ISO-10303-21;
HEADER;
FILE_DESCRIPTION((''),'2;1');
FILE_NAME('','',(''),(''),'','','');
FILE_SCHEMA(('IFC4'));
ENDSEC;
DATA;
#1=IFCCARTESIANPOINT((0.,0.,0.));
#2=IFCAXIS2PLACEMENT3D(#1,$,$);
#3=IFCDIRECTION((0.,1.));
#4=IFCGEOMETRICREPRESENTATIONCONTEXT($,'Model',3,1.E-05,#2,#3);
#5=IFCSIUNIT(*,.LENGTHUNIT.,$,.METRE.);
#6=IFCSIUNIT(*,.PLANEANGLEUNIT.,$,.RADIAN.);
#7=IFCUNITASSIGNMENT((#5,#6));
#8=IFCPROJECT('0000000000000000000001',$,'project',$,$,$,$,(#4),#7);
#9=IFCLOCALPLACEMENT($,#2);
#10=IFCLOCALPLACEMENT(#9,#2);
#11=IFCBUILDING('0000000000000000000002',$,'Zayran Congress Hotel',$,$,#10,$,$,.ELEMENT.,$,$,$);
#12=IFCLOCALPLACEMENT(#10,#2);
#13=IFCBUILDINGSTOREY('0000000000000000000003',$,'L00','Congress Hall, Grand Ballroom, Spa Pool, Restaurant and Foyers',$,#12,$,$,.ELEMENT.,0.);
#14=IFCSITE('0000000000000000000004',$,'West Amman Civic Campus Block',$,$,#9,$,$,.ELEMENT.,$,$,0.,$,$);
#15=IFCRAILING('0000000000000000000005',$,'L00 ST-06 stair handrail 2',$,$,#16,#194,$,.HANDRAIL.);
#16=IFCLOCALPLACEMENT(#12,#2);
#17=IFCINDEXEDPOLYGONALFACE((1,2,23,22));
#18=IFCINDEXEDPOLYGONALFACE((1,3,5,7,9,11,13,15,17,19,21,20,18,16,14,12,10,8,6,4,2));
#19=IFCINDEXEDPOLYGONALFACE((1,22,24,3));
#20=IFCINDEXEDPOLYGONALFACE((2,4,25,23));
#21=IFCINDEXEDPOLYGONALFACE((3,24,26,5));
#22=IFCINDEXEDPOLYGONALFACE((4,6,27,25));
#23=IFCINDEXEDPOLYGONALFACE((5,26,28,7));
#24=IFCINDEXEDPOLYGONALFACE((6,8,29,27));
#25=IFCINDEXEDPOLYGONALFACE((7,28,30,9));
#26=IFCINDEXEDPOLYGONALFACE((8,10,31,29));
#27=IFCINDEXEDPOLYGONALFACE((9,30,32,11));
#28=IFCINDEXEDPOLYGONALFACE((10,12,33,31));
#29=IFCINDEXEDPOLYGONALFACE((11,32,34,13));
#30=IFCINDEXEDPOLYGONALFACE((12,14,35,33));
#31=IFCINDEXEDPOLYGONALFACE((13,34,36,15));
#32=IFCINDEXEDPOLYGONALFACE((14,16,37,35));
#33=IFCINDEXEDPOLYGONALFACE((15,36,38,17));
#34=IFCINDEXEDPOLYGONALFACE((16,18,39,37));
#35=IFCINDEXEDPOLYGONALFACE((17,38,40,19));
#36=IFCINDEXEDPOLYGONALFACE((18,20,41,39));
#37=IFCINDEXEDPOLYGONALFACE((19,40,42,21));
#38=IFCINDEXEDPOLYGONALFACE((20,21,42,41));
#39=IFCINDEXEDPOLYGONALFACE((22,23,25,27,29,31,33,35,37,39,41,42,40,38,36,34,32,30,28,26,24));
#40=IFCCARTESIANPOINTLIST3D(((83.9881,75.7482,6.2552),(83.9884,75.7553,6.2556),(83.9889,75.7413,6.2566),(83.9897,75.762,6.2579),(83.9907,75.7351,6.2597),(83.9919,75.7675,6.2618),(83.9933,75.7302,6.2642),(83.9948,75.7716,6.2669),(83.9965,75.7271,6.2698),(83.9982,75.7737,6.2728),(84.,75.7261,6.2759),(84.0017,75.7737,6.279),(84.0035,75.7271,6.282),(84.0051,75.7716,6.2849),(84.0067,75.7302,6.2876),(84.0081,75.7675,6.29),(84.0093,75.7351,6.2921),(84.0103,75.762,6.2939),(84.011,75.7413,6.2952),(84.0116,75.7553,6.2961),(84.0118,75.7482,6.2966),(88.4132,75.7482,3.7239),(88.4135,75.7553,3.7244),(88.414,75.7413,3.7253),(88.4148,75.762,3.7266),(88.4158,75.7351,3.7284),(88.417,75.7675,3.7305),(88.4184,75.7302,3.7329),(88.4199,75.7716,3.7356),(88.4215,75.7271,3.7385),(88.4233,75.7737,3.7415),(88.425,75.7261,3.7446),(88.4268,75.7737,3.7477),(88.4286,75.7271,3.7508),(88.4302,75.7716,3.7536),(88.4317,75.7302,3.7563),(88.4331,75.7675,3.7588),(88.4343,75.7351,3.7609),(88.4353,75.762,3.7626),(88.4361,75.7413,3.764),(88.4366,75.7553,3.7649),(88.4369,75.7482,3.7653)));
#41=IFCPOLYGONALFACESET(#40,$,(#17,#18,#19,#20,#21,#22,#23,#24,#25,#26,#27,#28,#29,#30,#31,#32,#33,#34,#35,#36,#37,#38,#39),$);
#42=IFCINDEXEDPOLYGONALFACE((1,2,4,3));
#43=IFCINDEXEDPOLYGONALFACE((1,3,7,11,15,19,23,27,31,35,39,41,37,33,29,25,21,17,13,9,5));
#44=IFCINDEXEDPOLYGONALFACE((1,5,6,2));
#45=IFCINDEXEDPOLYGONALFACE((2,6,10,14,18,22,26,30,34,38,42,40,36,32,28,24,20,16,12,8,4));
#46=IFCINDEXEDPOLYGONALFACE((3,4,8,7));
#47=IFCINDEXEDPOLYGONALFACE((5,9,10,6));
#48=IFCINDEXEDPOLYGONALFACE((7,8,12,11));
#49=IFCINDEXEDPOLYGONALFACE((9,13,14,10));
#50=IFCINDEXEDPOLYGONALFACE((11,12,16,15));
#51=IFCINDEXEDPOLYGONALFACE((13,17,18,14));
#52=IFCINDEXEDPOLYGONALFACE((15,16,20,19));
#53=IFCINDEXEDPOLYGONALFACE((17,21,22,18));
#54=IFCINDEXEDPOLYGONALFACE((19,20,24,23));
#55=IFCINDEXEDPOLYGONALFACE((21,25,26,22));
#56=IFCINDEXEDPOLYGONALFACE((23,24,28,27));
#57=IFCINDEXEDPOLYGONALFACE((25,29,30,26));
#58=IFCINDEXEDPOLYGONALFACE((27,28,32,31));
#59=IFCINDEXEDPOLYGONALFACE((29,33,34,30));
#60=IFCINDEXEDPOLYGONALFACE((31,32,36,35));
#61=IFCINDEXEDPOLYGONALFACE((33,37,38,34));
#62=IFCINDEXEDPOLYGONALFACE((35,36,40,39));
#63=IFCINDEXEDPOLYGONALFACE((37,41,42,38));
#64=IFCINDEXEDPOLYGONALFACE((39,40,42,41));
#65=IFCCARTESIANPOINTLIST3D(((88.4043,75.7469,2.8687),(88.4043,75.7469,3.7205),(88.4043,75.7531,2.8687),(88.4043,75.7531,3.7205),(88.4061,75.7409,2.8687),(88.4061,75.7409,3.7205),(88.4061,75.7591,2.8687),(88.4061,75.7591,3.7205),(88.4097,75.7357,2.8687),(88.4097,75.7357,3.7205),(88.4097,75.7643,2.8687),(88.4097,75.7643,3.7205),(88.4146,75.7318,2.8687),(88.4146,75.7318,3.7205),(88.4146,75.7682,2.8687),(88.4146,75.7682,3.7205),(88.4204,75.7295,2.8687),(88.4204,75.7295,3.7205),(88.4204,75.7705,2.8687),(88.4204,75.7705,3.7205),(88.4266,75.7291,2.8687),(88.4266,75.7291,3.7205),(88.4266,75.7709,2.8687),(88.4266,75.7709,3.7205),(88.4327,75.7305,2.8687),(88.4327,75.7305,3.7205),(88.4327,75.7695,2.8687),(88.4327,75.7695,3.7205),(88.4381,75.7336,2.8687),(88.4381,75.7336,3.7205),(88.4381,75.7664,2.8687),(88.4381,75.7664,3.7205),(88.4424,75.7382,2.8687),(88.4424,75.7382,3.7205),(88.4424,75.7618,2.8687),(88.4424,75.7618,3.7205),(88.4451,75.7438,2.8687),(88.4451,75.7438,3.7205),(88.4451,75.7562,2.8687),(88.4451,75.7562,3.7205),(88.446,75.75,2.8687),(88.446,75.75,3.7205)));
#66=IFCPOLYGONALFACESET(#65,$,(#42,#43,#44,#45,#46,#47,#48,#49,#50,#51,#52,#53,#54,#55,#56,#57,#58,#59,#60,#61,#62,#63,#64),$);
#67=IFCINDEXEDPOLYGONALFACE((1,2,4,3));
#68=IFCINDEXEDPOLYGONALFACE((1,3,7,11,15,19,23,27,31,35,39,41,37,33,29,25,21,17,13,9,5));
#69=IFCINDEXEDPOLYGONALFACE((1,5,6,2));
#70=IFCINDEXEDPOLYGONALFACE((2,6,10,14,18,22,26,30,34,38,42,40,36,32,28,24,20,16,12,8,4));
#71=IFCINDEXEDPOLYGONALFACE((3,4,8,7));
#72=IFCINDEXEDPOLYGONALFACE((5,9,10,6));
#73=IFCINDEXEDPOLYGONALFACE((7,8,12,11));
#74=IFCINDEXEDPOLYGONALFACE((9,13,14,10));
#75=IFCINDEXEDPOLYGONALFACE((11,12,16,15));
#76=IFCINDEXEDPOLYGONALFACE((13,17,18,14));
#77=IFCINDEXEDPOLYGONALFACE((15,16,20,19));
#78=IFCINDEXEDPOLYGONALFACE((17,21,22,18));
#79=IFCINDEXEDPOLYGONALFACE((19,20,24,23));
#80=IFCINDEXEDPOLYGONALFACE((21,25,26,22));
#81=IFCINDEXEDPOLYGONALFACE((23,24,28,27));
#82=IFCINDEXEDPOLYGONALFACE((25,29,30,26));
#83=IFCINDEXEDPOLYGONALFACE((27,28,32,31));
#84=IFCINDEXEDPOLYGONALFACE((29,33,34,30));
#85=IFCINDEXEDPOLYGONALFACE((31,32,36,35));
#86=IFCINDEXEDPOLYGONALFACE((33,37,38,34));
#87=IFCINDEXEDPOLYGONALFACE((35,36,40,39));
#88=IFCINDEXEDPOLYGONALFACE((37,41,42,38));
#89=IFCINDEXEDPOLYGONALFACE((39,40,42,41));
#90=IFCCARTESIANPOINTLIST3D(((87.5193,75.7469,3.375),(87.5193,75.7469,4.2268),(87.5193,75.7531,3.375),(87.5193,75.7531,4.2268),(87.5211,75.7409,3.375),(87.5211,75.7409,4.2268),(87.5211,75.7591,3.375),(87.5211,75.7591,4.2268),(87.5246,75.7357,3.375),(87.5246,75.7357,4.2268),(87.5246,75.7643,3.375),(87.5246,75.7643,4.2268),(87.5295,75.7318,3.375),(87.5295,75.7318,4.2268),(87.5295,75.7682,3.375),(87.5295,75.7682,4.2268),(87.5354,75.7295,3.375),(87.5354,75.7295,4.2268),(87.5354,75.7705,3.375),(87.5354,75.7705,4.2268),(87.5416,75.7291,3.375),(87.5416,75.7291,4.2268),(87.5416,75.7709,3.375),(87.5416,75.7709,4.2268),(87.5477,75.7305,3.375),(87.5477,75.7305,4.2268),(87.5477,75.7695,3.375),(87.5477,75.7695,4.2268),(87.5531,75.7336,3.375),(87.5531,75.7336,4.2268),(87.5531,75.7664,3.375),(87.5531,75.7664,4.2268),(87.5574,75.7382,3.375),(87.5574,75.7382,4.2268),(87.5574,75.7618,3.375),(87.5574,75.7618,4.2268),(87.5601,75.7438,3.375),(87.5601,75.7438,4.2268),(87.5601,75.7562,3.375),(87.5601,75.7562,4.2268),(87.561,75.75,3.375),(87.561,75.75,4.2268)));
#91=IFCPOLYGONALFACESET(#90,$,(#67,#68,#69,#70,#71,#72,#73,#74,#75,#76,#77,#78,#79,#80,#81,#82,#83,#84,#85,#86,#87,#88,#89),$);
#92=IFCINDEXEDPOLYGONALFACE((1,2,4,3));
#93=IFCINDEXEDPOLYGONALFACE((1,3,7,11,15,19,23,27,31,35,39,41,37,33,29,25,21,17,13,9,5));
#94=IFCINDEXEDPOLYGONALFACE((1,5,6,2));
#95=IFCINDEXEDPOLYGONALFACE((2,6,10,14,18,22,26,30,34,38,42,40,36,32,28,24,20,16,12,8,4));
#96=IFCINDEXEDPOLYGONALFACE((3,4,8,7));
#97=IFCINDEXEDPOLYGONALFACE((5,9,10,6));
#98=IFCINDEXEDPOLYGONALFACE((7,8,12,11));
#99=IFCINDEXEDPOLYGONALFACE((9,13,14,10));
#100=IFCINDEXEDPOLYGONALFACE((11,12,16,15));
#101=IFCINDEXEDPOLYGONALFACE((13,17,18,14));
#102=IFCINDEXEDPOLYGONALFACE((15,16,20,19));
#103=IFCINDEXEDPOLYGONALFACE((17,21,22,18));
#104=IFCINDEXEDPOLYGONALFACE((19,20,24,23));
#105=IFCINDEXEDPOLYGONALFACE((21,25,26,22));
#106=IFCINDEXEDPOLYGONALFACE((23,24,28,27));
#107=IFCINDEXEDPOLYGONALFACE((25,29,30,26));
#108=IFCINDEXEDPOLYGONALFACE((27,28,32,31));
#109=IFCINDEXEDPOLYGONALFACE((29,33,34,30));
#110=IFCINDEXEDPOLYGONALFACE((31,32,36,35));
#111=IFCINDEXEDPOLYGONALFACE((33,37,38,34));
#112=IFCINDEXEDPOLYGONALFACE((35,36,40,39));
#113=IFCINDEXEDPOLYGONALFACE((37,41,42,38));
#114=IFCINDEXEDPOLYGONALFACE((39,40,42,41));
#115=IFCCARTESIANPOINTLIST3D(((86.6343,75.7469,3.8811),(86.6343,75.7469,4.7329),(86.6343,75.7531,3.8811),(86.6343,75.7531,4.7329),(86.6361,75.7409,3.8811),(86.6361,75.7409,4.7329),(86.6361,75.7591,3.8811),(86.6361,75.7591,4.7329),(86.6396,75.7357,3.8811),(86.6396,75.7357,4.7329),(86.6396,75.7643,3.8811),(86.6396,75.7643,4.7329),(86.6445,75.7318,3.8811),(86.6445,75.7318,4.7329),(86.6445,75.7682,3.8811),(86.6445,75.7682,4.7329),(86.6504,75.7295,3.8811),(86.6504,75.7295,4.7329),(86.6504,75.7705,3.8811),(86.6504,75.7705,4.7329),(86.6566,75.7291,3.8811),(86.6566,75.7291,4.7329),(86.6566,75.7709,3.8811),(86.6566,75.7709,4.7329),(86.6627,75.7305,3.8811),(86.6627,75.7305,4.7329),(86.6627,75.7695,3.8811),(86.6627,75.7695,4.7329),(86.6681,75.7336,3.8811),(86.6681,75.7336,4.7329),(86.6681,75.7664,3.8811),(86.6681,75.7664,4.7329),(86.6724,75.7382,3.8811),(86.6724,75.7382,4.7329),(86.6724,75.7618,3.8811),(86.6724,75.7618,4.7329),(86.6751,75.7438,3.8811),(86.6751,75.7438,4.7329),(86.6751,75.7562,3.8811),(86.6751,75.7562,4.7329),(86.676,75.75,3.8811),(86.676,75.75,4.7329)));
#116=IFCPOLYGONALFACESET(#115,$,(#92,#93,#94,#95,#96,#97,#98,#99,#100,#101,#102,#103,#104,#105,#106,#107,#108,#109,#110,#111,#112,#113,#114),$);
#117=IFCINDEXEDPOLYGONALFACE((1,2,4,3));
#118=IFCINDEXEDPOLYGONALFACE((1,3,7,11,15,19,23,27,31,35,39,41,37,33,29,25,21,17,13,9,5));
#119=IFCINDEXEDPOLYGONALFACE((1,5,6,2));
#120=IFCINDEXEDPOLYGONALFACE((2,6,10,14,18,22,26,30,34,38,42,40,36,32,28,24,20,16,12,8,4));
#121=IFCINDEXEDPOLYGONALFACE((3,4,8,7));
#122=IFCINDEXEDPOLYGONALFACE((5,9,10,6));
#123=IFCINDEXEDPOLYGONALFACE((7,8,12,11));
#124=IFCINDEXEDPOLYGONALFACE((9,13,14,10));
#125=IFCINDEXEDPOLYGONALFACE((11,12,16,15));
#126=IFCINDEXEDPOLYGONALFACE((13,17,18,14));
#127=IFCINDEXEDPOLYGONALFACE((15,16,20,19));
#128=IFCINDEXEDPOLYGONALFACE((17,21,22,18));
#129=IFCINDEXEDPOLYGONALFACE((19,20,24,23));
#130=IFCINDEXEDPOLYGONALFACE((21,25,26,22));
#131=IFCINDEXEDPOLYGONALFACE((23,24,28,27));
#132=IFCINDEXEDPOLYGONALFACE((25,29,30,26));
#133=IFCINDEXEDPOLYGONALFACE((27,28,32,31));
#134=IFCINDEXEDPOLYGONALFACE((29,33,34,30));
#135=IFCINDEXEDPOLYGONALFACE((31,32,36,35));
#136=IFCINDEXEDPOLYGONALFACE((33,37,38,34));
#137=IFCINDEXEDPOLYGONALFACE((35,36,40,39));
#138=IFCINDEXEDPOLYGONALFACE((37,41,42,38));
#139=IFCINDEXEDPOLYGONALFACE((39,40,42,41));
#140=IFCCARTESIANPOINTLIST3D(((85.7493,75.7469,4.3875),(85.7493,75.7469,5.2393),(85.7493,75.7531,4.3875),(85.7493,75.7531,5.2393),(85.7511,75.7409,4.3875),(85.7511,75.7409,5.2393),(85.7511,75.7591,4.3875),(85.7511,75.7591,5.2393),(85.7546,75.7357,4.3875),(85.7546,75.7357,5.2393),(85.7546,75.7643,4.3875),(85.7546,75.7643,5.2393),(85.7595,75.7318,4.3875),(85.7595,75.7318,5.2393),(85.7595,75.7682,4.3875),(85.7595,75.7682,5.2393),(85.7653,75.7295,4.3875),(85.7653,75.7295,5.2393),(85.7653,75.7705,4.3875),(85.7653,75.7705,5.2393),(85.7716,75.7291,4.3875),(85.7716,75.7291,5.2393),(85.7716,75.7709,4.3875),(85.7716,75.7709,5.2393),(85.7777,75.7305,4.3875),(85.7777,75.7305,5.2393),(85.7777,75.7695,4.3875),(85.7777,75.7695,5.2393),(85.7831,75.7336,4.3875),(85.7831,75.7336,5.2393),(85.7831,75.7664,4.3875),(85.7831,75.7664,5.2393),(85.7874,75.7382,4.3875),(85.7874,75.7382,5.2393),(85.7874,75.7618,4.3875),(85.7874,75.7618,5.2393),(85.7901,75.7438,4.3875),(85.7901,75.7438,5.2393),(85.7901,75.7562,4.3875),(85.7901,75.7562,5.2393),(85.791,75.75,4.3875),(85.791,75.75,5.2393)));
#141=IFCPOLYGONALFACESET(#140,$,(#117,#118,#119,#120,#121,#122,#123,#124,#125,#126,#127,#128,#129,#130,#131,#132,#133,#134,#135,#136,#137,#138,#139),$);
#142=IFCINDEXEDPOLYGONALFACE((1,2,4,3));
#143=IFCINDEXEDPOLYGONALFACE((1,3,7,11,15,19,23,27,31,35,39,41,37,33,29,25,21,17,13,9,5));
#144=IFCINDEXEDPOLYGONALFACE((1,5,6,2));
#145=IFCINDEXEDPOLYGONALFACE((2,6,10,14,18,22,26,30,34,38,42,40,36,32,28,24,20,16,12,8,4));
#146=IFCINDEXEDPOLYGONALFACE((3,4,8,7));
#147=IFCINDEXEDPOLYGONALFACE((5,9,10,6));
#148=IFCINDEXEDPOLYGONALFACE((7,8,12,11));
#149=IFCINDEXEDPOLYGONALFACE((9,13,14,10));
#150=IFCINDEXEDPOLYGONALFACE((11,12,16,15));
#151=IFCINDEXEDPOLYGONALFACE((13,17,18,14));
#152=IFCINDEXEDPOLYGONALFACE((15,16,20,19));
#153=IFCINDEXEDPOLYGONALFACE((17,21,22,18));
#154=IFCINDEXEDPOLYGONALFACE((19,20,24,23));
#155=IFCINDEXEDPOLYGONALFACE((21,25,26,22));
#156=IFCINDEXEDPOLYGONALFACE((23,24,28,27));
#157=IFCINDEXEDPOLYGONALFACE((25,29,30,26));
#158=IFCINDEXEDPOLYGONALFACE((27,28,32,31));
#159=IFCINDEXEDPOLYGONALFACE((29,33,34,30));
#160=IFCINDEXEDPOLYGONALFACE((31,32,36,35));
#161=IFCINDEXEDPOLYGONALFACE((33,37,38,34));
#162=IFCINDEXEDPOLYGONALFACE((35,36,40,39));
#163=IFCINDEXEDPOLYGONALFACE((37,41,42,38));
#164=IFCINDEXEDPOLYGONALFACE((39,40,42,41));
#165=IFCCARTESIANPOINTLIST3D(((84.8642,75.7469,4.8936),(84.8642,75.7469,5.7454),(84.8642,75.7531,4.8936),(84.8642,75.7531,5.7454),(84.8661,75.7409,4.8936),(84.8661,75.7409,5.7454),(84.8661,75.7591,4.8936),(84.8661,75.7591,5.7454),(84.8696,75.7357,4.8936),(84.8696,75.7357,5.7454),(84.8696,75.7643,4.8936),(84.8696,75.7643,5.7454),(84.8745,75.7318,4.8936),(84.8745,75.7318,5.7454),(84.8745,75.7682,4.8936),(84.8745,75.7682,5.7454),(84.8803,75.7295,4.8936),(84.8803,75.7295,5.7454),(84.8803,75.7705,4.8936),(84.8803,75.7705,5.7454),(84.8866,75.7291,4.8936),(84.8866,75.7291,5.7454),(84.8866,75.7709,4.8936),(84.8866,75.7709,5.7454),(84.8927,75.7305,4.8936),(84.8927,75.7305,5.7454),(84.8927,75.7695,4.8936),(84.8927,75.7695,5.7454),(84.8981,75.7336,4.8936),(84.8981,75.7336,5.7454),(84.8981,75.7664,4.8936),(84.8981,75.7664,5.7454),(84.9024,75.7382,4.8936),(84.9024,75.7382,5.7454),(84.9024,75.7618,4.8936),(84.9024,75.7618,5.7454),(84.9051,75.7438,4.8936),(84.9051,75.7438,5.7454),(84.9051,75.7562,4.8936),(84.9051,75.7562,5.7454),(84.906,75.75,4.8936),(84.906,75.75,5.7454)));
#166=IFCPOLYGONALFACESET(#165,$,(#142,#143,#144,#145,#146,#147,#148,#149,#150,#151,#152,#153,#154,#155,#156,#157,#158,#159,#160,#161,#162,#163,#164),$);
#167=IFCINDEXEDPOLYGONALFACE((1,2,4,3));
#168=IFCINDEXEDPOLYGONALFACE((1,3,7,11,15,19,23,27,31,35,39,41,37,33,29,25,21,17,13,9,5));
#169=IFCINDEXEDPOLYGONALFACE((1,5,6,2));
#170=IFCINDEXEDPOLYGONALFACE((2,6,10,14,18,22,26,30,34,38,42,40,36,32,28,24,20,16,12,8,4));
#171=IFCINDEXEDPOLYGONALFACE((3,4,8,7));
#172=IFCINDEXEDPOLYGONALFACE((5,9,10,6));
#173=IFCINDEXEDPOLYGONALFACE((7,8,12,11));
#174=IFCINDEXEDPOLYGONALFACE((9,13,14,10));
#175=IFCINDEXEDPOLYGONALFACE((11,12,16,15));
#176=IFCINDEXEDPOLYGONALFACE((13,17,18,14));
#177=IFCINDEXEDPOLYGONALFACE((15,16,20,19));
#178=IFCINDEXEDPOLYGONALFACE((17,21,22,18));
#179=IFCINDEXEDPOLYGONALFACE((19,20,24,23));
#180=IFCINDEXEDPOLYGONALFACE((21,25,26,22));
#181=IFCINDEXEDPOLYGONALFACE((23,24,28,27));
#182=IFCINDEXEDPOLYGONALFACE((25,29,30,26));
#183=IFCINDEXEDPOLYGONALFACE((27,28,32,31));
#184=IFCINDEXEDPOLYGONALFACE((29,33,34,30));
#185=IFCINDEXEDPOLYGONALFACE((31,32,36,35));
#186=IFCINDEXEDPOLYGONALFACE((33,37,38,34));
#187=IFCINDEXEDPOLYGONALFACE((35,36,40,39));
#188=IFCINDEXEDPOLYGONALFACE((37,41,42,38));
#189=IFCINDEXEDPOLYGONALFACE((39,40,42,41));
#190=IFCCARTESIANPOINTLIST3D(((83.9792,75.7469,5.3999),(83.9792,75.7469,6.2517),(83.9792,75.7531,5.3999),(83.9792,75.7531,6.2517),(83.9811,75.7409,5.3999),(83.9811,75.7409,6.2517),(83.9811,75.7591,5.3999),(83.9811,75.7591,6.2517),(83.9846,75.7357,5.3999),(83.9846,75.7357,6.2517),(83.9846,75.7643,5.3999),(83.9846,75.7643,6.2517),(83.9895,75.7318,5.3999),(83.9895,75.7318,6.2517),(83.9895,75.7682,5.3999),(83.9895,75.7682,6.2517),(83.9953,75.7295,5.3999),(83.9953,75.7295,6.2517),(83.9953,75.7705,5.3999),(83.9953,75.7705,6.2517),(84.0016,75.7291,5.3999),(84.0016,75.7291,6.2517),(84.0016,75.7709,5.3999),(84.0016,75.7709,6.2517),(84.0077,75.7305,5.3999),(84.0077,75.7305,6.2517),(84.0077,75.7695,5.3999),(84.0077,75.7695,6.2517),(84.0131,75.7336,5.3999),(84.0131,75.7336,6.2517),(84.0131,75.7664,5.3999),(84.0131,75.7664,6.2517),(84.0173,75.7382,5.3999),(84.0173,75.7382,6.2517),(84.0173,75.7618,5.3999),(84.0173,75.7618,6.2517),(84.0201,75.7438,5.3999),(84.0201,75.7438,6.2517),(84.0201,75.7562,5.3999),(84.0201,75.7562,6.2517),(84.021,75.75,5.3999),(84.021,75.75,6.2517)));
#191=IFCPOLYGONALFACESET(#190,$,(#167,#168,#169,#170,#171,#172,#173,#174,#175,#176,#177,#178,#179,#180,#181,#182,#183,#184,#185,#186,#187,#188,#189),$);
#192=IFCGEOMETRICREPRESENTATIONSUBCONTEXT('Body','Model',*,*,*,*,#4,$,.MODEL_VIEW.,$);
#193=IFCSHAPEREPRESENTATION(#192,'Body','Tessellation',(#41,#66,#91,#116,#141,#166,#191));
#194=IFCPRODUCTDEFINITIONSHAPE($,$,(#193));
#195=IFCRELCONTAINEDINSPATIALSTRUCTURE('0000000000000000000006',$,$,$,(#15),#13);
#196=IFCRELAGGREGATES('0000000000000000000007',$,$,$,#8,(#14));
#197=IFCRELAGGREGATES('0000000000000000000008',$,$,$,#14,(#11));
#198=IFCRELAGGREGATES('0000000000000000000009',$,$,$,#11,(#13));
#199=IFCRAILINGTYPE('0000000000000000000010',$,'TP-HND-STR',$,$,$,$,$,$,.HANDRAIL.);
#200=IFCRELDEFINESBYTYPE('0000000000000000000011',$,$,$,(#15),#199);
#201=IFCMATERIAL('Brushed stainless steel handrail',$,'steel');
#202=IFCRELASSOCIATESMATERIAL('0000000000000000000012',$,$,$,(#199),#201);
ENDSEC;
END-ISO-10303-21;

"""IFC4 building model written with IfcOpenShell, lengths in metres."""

from ifc_helpers import new_model, si_unit, direction, frame, origin, origin_2d, place, context, subcontext, project, spatial, circle, extrude, material, type_object, element, save


model = new_model("IFC4")

# Units and contexts
model_context = context("Model", 3, precision=1e-05, world=origin(), true_north=direction((0.0, 1.0)))
body_context = subcontext(model_context, "Body", "Model", "MODEL_VIEW")
ifc_project = project(units=[si_unit("LENGTHUNIT", "METRE"), si_unit("PLANEANGLEUNIT", "RADIAN")], contexts=[model_context])

# Site, building, storey
site_placement = place(None, origin())
site = spatial("IfcSite", under=ifc_project, at=site_placement, Name="West Amman Civic Campus Block", CompositionType="ELEMENT", RefElevation=0.0)
building_placement = place(site_placement, origin())
building = spatial("IfcBuilding", under=site, at=building_placement, Name="Zayran Congress Hotel", CompositionType="ELEMENT")
storey_placement = place(building_placement, origin())
storey = spatial("IfcBuildingStorey", under=building, at=storey_placement, Name="L00", Description="Congress Hall, Grand Ballroom, Spa Pool, Restaurant and Foyers", CompositionType="ELEMENT", Elevation=0.0)

# Railing
ifc_material_1 = material(Name="Brushed stainless steel handrail", Category="steel")
railing_type_1 = type_object("IfcRailingType", Name="TP-HND-STR", PredefinedType="HANDRAIL", material=ifc_material_1)
railing_1_placement = place(storey_placement, frame((88.425, 75.75, 2.8687)))
element("IfcRailing", 1, at=railing_1_placement, inside=storey, type_object=railing_type_1, Name="L00 ST-06 stair handrail 2", PredefinedType="HANDRAIL", context=body_context, shape_type="SweptSolid", body=[
    extrude(circle(Radius=0.0239, at=origin_2d()), frame((0.0, 0.0, 0.876), z_axis=(-0.868019, 0.0, 0.496531), x_axis=(0.0, -1.0, 0.0)), (0.0, 0.0, 1.0), 5.0979),
    extrude(circle(Radius=0.021, at=origin_2d()), origin(), (0.0, 0.0, 1.0), 0.8518),
    extrude(circle(Radius=0.021, at=origin_2d()), frame((-0.885, 0.0, 0.5063)), (0.0, 0.0, 1.0), 0.8518),
    extrude(circle(Radius=0.021, at=origin_2d()), frame((-1.77, 0.0, 1.0125)), (0.0, 0.0, 1.0), 0.8518),
    extrude(circle(Radius=0.021, at=origin_2d()), frame((-2.655, 0.0, 1.5188)), (0.0, 0.0, 1.0), 0.8518),
    extrude(circle(Radius=0.021, at=origin_2d()), frame((-3.54, 0.0, 2.0249)), (0.0, 0.0, 1.0), 0.8518),
    extrude(circle(Radius=0.021, at=origin_2d()), frame((-4.425, 0.0, 2.5312)), (0.0, 0.0, 1.0), 0.8518),
])

save(model, "model.ifc")
